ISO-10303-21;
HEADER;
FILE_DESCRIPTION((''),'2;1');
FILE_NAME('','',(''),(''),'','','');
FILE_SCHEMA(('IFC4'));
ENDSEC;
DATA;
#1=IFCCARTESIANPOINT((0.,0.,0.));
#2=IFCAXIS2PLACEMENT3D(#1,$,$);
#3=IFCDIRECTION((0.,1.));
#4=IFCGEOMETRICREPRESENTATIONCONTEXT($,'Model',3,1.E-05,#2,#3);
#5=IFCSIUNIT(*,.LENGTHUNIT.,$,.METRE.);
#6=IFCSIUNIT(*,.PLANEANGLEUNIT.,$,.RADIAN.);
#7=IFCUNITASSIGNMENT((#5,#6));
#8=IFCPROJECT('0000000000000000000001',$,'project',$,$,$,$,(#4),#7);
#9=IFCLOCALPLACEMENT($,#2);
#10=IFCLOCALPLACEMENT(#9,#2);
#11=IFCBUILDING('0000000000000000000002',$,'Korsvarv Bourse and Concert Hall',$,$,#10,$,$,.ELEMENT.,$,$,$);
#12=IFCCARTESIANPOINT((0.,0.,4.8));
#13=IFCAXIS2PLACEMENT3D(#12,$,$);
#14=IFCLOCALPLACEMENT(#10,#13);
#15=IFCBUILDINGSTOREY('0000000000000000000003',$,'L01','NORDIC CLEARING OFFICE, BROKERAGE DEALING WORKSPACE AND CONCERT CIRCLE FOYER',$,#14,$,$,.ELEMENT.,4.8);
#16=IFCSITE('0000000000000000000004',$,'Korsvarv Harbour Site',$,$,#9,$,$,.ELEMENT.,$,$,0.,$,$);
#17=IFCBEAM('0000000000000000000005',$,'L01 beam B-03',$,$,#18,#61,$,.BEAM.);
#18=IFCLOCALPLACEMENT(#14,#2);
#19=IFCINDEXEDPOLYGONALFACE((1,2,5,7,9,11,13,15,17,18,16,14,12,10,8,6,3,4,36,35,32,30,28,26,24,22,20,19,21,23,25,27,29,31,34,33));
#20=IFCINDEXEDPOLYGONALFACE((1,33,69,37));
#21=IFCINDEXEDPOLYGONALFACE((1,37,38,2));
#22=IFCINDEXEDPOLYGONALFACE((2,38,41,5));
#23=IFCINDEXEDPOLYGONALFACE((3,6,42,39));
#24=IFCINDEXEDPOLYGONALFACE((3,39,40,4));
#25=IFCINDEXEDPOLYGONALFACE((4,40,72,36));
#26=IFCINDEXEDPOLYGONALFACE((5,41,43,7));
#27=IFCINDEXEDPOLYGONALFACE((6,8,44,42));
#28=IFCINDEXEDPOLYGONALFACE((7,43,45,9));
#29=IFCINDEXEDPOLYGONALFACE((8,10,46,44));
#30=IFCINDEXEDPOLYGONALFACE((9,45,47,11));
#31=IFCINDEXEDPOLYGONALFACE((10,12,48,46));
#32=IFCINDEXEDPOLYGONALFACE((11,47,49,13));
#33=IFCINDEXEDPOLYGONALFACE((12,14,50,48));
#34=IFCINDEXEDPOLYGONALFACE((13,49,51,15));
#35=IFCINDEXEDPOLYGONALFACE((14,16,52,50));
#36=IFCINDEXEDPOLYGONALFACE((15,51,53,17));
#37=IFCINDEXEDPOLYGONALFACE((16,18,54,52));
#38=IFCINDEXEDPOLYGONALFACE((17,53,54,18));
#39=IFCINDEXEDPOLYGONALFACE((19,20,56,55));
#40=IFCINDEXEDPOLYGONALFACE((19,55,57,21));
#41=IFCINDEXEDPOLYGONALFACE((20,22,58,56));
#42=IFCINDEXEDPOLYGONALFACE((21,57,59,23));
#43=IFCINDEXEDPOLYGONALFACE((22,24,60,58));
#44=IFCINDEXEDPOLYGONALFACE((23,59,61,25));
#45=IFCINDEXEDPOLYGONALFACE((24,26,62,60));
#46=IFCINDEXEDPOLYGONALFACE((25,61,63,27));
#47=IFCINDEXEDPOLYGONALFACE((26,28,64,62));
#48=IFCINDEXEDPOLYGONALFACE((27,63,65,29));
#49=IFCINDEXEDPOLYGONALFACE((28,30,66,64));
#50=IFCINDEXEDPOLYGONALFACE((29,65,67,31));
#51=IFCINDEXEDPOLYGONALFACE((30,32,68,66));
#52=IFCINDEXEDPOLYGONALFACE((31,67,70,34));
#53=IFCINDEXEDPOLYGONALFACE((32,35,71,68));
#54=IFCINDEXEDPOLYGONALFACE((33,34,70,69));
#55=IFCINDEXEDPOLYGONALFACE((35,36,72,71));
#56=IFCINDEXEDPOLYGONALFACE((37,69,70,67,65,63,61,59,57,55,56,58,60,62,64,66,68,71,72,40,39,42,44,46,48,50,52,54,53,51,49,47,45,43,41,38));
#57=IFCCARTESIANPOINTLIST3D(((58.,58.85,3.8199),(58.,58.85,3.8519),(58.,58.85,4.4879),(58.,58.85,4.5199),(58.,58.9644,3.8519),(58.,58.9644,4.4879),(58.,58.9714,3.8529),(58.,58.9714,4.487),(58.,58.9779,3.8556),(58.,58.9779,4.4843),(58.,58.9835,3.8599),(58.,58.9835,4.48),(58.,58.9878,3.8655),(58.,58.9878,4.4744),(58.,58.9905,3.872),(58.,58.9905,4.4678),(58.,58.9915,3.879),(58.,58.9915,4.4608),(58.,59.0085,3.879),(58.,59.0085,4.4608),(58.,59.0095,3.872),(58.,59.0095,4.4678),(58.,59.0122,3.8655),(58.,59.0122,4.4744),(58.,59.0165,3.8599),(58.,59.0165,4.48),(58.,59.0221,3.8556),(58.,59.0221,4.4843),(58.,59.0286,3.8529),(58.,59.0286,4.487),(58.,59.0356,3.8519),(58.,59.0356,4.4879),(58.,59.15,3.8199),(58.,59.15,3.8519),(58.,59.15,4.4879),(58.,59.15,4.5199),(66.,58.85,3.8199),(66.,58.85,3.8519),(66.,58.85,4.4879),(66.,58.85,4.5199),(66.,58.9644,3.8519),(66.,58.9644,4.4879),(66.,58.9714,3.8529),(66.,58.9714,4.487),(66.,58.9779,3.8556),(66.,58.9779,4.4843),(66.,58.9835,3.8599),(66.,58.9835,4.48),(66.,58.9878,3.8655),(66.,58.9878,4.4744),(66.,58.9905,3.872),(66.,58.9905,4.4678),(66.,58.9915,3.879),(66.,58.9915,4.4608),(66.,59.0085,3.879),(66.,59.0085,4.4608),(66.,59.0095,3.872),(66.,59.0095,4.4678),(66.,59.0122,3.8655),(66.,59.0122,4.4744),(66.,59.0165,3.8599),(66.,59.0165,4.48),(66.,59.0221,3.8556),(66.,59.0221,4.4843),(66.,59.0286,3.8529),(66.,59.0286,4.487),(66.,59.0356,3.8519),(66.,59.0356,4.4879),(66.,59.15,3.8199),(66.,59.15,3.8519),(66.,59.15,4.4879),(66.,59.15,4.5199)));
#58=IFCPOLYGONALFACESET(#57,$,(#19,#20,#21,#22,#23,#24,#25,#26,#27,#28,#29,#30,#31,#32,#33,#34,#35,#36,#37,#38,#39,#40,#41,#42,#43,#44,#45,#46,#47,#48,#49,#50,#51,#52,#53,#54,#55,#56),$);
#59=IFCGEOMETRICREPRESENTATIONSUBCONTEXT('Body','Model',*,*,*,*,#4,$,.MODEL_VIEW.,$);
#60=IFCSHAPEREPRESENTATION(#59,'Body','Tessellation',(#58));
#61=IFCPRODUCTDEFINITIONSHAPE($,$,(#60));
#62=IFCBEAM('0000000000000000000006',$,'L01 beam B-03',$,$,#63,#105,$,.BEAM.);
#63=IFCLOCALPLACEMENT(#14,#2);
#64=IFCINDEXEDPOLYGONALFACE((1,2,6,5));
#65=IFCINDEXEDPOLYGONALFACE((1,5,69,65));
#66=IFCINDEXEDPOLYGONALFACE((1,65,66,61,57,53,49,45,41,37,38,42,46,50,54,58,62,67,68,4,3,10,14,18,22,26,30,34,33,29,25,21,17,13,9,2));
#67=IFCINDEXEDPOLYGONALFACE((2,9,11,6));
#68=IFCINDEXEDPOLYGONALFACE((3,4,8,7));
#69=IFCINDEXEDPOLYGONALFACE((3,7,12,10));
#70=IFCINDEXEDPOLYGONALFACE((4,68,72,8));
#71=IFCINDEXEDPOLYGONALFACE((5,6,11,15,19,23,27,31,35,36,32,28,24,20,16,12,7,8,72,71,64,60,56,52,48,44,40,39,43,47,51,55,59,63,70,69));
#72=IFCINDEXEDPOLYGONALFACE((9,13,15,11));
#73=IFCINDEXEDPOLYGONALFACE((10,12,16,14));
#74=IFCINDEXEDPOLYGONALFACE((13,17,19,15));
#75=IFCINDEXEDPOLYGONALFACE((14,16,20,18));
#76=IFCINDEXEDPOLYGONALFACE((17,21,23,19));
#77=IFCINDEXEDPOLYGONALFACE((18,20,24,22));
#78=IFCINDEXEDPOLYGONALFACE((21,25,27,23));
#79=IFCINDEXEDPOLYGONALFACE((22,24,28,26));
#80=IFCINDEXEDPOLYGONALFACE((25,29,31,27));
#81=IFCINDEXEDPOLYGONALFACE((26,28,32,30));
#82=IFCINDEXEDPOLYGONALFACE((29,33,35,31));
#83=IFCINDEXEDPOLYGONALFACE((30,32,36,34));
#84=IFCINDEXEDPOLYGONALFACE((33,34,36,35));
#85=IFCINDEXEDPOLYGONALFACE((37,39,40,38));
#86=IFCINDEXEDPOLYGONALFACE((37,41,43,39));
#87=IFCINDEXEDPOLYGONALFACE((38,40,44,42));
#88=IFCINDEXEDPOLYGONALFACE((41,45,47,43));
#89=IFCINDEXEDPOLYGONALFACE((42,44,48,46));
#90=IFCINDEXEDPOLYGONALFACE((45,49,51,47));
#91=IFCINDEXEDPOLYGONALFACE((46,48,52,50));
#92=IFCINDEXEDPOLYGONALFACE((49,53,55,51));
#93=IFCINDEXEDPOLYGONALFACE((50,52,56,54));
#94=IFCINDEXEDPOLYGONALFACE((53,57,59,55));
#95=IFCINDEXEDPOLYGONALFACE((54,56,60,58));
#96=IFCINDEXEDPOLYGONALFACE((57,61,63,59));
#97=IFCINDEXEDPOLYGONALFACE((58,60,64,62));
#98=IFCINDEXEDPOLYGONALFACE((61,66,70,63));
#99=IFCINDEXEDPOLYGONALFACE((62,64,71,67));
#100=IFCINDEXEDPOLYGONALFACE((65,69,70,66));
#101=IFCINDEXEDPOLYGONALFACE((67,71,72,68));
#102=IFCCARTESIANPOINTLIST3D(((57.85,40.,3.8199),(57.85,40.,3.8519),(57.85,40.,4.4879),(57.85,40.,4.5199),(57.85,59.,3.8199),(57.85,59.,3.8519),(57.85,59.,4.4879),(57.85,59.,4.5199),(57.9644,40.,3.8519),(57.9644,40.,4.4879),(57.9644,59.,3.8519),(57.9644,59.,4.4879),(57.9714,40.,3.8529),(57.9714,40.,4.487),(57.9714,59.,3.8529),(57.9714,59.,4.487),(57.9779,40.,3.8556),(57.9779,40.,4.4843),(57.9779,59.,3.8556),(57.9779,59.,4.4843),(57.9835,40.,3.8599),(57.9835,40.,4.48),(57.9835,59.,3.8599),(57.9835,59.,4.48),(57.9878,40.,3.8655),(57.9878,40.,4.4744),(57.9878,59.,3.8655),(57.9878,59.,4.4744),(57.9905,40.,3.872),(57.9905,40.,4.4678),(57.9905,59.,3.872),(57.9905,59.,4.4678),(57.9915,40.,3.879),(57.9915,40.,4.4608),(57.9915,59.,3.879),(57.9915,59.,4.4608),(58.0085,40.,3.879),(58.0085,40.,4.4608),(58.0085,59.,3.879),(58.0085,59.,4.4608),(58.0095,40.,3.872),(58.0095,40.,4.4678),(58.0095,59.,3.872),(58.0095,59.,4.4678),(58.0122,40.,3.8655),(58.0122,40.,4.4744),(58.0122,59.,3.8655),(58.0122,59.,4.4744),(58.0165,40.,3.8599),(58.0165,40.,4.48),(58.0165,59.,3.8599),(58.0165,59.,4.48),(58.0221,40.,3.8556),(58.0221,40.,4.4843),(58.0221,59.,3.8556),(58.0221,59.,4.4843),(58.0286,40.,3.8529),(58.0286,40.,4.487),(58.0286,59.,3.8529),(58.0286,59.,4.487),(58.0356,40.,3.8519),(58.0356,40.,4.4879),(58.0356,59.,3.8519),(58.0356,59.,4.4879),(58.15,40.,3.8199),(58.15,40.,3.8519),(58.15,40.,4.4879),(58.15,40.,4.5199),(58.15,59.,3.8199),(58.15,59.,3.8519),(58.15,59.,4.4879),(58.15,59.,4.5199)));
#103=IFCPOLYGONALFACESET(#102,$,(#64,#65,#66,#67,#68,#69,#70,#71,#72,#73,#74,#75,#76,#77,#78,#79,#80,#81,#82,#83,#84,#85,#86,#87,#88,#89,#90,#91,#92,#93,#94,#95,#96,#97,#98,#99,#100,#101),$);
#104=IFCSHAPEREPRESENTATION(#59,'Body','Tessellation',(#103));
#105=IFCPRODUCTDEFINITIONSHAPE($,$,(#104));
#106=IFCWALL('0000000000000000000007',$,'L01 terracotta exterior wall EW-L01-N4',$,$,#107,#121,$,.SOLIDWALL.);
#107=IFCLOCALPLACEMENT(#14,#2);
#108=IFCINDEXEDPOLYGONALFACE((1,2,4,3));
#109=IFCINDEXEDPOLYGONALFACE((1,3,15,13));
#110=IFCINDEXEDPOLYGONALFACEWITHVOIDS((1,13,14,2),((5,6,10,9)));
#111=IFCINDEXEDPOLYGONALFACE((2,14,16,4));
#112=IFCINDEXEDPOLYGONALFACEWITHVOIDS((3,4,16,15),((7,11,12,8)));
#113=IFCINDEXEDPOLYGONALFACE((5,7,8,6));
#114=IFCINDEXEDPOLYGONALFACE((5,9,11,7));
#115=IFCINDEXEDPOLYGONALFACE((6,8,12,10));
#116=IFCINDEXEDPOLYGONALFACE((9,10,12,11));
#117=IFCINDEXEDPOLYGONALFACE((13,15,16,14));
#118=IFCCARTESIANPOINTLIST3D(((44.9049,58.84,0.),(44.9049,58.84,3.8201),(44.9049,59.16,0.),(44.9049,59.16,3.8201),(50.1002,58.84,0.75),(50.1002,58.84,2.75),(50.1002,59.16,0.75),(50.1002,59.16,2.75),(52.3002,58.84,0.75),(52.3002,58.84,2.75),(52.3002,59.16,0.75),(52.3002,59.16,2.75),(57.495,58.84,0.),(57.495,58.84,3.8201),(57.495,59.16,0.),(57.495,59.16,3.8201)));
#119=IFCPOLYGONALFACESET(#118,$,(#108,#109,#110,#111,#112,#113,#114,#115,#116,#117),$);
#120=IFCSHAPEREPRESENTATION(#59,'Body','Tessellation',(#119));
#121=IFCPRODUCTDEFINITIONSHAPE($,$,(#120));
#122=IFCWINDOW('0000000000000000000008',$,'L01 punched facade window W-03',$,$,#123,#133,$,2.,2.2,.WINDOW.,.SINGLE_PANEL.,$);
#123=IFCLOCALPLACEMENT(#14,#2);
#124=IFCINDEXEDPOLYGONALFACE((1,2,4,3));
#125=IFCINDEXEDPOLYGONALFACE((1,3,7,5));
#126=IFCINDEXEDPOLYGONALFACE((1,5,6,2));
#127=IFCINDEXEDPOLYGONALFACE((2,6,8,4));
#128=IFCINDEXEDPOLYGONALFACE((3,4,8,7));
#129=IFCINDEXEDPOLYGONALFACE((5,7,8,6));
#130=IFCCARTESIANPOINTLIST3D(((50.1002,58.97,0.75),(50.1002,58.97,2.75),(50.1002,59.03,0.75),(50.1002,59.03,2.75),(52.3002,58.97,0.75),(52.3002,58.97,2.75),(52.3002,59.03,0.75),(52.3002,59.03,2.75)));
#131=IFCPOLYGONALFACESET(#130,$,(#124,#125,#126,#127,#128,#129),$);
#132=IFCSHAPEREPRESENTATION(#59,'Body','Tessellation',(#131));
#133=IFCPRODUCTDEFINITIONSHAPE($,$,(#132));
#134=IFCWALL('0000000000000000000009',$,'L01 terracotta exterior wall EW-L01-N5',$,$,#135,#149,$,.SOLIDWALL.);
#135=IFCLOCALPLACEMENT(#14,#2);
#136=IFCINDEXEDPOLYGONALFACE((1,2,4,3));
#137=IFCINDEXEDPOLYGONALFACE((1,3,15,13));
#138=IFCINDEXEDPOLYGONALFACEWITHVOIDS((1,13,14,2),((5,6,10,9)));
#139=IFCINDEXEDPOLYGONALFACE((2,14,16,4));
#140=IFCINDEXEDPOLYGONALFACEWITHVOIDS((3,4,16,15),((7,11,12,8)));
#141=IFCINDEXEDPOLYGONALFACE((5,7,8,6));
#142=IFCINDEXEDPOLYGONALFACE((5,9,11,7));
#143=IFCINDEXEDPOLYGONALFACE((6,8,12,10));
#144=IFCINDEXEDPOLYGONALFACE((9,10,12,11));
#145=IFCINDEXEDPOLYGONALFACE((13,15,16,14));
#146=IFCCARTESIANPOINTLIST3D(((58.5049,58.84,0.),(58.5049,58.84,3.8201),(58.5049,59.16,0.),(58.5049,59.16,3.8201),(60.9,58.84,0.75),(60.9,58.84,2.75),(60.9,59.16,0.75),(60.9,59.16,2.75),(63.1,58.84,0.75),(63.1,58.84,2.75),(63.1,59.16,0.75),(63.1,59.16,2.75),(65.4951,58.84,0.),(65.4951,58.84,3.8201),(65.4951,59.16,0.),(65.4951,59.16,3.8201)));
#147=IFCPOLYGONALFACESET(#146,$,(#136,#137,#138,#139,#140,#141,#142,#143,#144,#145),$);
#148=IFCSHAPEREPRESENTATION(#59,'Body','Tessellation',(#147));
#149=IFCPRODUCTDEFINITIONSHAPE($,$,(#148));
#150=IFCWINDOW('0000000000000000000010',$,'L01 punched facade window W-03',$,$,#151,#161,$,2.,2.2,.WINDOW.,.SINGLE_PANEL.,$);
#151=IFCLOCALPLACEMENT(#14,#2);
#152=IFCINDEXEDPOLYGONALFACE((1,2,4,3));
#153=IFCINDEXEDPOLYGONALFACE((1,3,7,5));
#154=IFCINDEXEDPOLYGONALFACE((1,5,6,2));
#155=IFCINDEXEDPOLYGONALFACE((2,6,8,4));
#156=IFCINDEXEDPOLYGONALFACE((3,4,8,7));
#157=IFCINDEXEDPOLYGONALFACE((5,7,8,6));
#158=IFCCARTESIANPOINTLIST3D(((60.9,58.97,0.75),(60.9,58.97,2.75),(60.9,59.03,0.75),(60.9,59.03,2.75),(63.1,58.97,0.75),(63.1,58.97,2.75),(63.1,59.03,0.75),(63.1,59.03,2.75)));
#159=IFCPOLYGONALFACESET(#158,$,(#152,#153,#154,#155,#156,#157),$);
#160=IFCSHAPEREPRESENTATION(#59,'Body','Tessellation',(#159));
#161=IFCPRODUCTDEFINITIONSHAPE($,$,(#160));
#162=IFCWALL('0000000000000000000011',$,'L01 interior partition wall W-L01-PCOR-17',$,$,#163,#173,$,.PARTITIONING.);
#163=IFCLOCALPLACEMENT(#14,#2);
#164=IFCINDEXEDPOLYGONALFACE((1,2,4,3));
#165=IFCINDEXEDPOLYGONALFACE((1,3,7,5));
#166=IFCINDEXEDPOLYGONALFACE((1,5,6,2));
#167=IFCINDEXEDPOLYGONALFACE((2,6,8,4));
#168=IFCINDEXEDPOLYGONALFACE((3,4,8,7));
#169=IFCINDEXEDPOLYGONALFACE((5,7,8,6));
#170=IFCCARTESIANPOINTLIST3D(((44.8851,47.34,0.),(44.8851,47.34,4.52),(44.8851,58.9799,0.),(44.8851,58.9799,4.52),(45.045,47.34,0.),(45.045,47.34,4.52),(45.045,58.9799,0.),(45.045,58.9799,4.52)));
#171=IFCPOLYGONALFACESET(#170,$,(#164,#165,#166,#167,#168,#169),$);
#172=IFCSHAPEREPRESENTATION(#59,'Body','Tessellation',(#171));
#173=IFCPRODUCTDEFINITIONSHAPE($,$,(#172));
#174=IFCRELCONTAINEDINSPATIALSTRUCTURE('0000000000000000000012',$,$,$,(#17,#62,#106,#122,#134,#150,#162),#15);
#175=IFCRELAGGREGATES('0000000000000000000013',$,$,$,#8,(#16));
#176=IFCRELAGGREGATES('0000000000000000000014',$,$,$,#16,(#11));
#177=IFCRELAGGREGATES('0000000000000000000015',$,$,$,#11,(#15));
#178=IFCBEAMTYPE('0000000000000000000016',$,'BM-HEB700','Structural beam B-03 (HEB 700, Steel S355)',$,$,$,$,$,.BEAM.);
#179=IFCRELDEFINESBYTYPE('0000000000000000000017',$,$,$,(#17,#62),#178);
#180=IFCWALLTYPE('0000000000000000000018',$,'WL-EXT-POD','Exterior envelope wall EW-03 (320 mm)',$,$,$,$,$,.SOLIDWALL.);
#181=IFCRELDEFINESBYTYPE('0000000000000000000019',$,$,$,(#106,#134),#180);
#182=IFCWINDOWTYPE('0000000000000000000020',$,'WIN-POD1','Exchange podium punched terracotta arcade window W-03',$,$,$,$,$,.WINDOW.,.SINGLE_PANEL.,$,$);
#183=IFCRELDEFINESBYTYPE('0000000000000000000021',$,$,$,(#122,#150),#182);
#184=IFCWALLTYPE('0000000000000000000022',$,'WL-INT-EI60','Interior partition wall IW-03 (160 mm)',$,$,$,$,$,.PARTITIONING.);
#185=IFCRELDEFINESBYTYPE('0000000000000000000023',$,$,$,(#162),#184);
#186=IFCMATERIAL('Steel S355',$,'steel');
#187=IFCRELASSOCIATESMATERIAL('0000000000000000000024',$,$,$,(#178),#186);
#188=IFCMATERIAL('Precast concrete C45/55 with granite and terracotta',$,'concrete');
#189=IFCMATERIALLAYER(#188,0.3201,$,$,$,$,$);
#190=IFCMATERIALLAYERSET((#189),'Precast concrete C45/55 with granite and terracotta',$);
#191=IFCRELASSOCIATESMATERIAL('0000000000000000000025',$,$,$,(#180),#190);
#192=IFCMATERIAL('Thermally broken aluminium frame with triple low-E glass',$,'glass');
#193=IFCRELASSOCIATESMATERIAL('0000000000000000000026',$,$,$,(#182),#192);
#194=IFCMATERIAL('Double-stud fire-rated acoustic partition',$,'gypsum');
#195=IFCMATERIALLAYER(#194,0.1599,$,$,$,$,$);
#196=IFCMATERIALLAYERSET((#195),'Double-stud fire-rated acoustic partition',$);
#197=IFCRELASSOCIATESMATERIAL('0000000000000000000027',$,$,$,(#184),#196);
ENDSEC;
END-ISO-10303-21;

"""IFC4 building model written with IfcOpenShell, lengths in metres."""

from ifc_helpers import new_model, si_unit, direction, frame, frame_2d, origin, origin_2d, place, context, subcontext, project, spatial, rectangle, i_section, extrude, source, transform, mapped, material, layer, layer_set, material_profile, profile_set, type_object, element, fill, save


model = new_model("IFC4")

# Units and contexts
model_context = context("Model", 3, precision=1e-05, world=origin(), true_north=direction((0.0, 1.0)))
body_context = subcontext(model_context, "Body", "Model", "MODEL_VIEW")
ifc_project = project(units=[si_unit("LENGTHUNIT", "METRE"), si_unit("PLANEANGLEUNIT", "RADIAN")], contexts=[model_context])

# Site, building, storey
site_placement = place(None, origin())
site = spatial("IfcSite", under=ifc_project, at=site_placement, Name="Korsvarv Harbour Site", CompositionType="ELEMENT", RefElevation=0.0)
building_placement = place(site_placement, origin())
building = spatial("IfcBuilding", under=site, at=building_placement, Name="Korsvarv Bourse and Concert Hall", CompositionType="ELEMENT")
storey_placement = place(building_placement, frame((0.0, 0.0, 4.8)))
storey = spatial("IfcBuildingStorey", under=building, at=storey_placement, Name="L01", Description="NORDIC CLEARING OFFICE, BROKERAGE DEALING WORKSPACE AND CONCERT CIRCLE FOYER", CompositionType="ELEMENT", Elevation=4.8)

# Beams
ifc_material_1 = material(Name="Steel S355", Category="steel")
ifc_material_profile_1 = material_profile(ifc_material_1, i_section(OverallWidth=0.3, OverallDepth=0.7, WebThickness=0.0171, FlangeThickness=0.032, FilletRadius=0.0271, at=origin_2d()), Name="HEB 700")
ifc_profile_set_1 = profile_set([ifc_material_profile_1], Name="Steel S355")
beam_type = type_object("IfcBeamType", Name="BM-HEB700", Description="Structural beam B-03 (HEB 700, Steel S355)", PredefinedType="BEAM", material=ifc_profile_set_1)
shared_shape_1 = source(origin(), body_context, "Body", "SweptSolid", [
    extrude(i_section(OverallWidth=0.3, OverallDepth=0.7, WebThickness=0.0171, FlangeThickness=0.032, FilletRadius=0.0271, at=origin_2d()), origin(), (0.0, 0.0, 1.0), 8.0),
])
beam_1_placement = place(storey_placement, frame((58.0, 59.0, 4.1699), z_axis=(1.0, 0.0, 0.0), x_axis=(0.0, 1.0, 0.0)))
element("IfcBeam", 1, at=beam_1_placement, inside=storey, type_object=beam_type, Name="L01 beam B-03", PredefinedType="BEAM", context=body_context, shape_type="MappedRepresentation", body=[
    mapped(shared_shape_1, transform((0.0, 0.0, 0.0), scale=1.0)),
])
shared_shape_2 = source(origin(), body_context, "Body", "SweptSolid", [
    extrude(i_section(OverallWidth=0.3, OverallDepth=0.7, WebThickness=0.0171, FlangeThickness=0.032, FilletRadius=0.0271, at=origin_2d()), origin(), (0.0, 0.0, 1.0), 19.0),
])
beam_2_placement = place(storey_placement, frame((58.0, 40.0, 4.1699), z_axis=(0.0, 1.0, 0.0), x_axis=(-1.0, 0.0, 0.0)))
element("IfcBeam", 2, at=beam_2_placement, inside=storey, type_object=beam_type, Name="L01 beam B-03", PredefinedType="BEAM", context=body_context, shape_type="MappedRepresentation", body=[
    mapped(shared_shape_2, transform((0.0, 0.0, 0.0), scale=1.0)),
])

# Walls, openings, windows
ifc_material_2 = material(Name="Precast concrete C45/55 with granite and terracotta", Category="concrete")
ifc_layer_1 = layer(ifc_material_2, 0.3201)
ifc_layer_set_1 = layer_set([ifc_layer_1], Name="Precast concrete C45/55 with granite and terracotta")
wall_type_1 = type_object("IfcWallType", Name="WL-EXT-POD", Description="Exterior envelope wall EW-03 (320 mm)", PredefinedType="SOLIDWALL", material=ifc_layer_set_1)
wall_1_placement = place(storey_placement, frame((44.905, 59.0, 0.0), z_axis=(0.0, 0.0, 1.0), x_axis=(1.0, 0.0, 0.0)))
wall_1 = element("IfcWall", 3, at=wall_1_placement, inside=storey, type_object=wall_type_1, Name="L01 terracotta exterior wall EW-L01-N4", PredefinedType="SOLIDWALL", context=body_context, shape_type="SweptSolid", body=[
    extrude(rectangle(XDim=12.5901, YDim=0.3201, at=frame_2d((6.2949, 0.0))), origin(), (0.0, 0.0, 1.0), 3.8201),
])
opening_1_placement = place(wall_1_placement, frame((5.1951, 0.0, 0.75)))
opening_1 = element("IfcOpeningElement", 4, at=opening_1_placement, cuts=wall_1, PredefinedType="OPENING", context=body_context, shape_type="SweptSolid", body=[
    extrude(rectangle(XDim=2.2, YDim=2.0, at=frame_2d((1.1001, 1.0))), frame((0.0, 0.1699, 0.0), z_axis=(0.0, -1.0, 0.0), x_axis=(1.0, 0.0, 0.0)), (0.0, 0.0, 1.0), 0.3401),
])
ifc_material_3 = material(Name="Thermally broken aluminium frame with triple low-E glass", Category="glass")
window_type = type_object("IfcWindowType", Name="WIN-POD1", Description="Exchange podium punched terracotta arcade window W-03", PartitioningType="SINGLE_PANEL", PredefinedType="WINDOW", material=ifc_material_3)
window_1_placement = place(opening_1_placement, origin())
window_1 = element("IfcWindow", 5, at=window_1_placement, inside=storey, type_object=window_type, Name="L01 punched facade window W-03", OverallHeight=2.0, OverallWidth=2.2, PartitioningType="SINGLE_PANEL", PredefinedType="WINDOW", context=body_context, shape_type="SweptSolid", body=[
    extrude(rectangle(XDim=2.2, YDim=2.0, at=frame_2d((1.1001, 1.0))), frame((0.0, 0.03, 0.0), z_axis=(0.0, -1.0, 0.0), x_axis=(1.0, 0.0, 0.0)), (0.0, 0.0, 1.0), 0.0601),
])
fill(opening_1, window_1)
wall_2_placement = place(storey_placement, frame((58.5049, 59.0, 0.0), z_axis=(0.0, 0.0, 1.0), x_axis=(1.0, 0.0, 0.0)))
wall_2 = element("IfcWall", 6, at=wall_2_placement, inside=storey, type_object=wall_type_1, Name="L01 terracotta exterior wall EW-L01-N5", PredefinedType="SOLIDWALL", context=body_context, shape_type="SweptSolid", body=[
    extrude(rectangle(XDim=6.9902, YDim=0.3201, at=frame_2d((3.4951, 0.0))), origin(), (0.0, 0.0, 1.0), 3.8201),
])
opening_2_placement = place(wall_2_placement, frame((2.395, 0.0, 0.75)))
opening_2 = element("IfcOpeningElement", 7, at=opening_2_placement, cuts=wall_2, PredefinedType="OPENING", context=body_context, shape_type="SweptSolid", body=[
    extrude(rectangle(XDim=2.2, YDim=2.0, at=frame_2d((1.1001, 1.0))), frame((0.0, 0.1699, 0.0), z_axis=(0.0, -1.0, 0.0), x_axis=(1.0, 0.0, 0.0)), (0.0, 0.0, 1.0), 0.3401),
])
window_2_placement = place(opening_2_placement, origin())
window_2 = element("IfcWindow", 8, at=window_2_placement, inside=storey, type_object=window_type, Name="L01 punched facade window W-03", OverallHeight=2.0, OverallWidth=2.2, PartitioningType="SINGLE_PANEL", PredefinedType="WINDOW", context=body_context, shape_type="SweptSolid", body=[
    extrude(rectangle(XDim=2.2, YDim=2.0, at=frame_2d((1.1001, 1.0))), frame((0.0, 0.03, 0.0), z_axis=(0.0, -1.0, 0.0), x_axis=(1.0, 0.0, 0.0)), (0.0, 0.0, 1.0), 0.0601),
])
fill(opening_2, window_2)

# Wall
ifc_material_4 = material(Name="Double-stud fire-rated acoustic partition", Category="gypsum")
ifc_layer_2 = layer(ifc_material_4, 0.1599)
ifc_layer_set_2 = layer_set([ifc_layer_2], Name="Double-stud fire-rated acoustic partition")
wall_type_2 = type_object("IfcWallType", Name="WL-INT-EI60", Description="Interior partition wall IW-03 (160 mm)", PredefinedType="PARTITIONING", material=ifc_layer_set_2)
wall_3_placement = place(storey_placement, frame((44.9651, 47.3401, 0.0), z_axis=(0.0, 0.0, 1.0), x_axis=(0.0, 1.0, 0.0)))
element("IfcWall", 9, at=wall_3_placement, inside=storey, type_object=wall_type_2, Name="L01 interior partition wall W-L01-PCOR-17", PredefinedType="PARTITIONING", context=body_context, shape_type="SweptSolid", body=[
    extrude(rectangle(XDim=11.6399, YDim=0.1599, at=frame_2d((5.8198, 0.0))), origin(), (0.0, 0.0, 1.0), 4.52),
])

save(model, "model.ifc")
